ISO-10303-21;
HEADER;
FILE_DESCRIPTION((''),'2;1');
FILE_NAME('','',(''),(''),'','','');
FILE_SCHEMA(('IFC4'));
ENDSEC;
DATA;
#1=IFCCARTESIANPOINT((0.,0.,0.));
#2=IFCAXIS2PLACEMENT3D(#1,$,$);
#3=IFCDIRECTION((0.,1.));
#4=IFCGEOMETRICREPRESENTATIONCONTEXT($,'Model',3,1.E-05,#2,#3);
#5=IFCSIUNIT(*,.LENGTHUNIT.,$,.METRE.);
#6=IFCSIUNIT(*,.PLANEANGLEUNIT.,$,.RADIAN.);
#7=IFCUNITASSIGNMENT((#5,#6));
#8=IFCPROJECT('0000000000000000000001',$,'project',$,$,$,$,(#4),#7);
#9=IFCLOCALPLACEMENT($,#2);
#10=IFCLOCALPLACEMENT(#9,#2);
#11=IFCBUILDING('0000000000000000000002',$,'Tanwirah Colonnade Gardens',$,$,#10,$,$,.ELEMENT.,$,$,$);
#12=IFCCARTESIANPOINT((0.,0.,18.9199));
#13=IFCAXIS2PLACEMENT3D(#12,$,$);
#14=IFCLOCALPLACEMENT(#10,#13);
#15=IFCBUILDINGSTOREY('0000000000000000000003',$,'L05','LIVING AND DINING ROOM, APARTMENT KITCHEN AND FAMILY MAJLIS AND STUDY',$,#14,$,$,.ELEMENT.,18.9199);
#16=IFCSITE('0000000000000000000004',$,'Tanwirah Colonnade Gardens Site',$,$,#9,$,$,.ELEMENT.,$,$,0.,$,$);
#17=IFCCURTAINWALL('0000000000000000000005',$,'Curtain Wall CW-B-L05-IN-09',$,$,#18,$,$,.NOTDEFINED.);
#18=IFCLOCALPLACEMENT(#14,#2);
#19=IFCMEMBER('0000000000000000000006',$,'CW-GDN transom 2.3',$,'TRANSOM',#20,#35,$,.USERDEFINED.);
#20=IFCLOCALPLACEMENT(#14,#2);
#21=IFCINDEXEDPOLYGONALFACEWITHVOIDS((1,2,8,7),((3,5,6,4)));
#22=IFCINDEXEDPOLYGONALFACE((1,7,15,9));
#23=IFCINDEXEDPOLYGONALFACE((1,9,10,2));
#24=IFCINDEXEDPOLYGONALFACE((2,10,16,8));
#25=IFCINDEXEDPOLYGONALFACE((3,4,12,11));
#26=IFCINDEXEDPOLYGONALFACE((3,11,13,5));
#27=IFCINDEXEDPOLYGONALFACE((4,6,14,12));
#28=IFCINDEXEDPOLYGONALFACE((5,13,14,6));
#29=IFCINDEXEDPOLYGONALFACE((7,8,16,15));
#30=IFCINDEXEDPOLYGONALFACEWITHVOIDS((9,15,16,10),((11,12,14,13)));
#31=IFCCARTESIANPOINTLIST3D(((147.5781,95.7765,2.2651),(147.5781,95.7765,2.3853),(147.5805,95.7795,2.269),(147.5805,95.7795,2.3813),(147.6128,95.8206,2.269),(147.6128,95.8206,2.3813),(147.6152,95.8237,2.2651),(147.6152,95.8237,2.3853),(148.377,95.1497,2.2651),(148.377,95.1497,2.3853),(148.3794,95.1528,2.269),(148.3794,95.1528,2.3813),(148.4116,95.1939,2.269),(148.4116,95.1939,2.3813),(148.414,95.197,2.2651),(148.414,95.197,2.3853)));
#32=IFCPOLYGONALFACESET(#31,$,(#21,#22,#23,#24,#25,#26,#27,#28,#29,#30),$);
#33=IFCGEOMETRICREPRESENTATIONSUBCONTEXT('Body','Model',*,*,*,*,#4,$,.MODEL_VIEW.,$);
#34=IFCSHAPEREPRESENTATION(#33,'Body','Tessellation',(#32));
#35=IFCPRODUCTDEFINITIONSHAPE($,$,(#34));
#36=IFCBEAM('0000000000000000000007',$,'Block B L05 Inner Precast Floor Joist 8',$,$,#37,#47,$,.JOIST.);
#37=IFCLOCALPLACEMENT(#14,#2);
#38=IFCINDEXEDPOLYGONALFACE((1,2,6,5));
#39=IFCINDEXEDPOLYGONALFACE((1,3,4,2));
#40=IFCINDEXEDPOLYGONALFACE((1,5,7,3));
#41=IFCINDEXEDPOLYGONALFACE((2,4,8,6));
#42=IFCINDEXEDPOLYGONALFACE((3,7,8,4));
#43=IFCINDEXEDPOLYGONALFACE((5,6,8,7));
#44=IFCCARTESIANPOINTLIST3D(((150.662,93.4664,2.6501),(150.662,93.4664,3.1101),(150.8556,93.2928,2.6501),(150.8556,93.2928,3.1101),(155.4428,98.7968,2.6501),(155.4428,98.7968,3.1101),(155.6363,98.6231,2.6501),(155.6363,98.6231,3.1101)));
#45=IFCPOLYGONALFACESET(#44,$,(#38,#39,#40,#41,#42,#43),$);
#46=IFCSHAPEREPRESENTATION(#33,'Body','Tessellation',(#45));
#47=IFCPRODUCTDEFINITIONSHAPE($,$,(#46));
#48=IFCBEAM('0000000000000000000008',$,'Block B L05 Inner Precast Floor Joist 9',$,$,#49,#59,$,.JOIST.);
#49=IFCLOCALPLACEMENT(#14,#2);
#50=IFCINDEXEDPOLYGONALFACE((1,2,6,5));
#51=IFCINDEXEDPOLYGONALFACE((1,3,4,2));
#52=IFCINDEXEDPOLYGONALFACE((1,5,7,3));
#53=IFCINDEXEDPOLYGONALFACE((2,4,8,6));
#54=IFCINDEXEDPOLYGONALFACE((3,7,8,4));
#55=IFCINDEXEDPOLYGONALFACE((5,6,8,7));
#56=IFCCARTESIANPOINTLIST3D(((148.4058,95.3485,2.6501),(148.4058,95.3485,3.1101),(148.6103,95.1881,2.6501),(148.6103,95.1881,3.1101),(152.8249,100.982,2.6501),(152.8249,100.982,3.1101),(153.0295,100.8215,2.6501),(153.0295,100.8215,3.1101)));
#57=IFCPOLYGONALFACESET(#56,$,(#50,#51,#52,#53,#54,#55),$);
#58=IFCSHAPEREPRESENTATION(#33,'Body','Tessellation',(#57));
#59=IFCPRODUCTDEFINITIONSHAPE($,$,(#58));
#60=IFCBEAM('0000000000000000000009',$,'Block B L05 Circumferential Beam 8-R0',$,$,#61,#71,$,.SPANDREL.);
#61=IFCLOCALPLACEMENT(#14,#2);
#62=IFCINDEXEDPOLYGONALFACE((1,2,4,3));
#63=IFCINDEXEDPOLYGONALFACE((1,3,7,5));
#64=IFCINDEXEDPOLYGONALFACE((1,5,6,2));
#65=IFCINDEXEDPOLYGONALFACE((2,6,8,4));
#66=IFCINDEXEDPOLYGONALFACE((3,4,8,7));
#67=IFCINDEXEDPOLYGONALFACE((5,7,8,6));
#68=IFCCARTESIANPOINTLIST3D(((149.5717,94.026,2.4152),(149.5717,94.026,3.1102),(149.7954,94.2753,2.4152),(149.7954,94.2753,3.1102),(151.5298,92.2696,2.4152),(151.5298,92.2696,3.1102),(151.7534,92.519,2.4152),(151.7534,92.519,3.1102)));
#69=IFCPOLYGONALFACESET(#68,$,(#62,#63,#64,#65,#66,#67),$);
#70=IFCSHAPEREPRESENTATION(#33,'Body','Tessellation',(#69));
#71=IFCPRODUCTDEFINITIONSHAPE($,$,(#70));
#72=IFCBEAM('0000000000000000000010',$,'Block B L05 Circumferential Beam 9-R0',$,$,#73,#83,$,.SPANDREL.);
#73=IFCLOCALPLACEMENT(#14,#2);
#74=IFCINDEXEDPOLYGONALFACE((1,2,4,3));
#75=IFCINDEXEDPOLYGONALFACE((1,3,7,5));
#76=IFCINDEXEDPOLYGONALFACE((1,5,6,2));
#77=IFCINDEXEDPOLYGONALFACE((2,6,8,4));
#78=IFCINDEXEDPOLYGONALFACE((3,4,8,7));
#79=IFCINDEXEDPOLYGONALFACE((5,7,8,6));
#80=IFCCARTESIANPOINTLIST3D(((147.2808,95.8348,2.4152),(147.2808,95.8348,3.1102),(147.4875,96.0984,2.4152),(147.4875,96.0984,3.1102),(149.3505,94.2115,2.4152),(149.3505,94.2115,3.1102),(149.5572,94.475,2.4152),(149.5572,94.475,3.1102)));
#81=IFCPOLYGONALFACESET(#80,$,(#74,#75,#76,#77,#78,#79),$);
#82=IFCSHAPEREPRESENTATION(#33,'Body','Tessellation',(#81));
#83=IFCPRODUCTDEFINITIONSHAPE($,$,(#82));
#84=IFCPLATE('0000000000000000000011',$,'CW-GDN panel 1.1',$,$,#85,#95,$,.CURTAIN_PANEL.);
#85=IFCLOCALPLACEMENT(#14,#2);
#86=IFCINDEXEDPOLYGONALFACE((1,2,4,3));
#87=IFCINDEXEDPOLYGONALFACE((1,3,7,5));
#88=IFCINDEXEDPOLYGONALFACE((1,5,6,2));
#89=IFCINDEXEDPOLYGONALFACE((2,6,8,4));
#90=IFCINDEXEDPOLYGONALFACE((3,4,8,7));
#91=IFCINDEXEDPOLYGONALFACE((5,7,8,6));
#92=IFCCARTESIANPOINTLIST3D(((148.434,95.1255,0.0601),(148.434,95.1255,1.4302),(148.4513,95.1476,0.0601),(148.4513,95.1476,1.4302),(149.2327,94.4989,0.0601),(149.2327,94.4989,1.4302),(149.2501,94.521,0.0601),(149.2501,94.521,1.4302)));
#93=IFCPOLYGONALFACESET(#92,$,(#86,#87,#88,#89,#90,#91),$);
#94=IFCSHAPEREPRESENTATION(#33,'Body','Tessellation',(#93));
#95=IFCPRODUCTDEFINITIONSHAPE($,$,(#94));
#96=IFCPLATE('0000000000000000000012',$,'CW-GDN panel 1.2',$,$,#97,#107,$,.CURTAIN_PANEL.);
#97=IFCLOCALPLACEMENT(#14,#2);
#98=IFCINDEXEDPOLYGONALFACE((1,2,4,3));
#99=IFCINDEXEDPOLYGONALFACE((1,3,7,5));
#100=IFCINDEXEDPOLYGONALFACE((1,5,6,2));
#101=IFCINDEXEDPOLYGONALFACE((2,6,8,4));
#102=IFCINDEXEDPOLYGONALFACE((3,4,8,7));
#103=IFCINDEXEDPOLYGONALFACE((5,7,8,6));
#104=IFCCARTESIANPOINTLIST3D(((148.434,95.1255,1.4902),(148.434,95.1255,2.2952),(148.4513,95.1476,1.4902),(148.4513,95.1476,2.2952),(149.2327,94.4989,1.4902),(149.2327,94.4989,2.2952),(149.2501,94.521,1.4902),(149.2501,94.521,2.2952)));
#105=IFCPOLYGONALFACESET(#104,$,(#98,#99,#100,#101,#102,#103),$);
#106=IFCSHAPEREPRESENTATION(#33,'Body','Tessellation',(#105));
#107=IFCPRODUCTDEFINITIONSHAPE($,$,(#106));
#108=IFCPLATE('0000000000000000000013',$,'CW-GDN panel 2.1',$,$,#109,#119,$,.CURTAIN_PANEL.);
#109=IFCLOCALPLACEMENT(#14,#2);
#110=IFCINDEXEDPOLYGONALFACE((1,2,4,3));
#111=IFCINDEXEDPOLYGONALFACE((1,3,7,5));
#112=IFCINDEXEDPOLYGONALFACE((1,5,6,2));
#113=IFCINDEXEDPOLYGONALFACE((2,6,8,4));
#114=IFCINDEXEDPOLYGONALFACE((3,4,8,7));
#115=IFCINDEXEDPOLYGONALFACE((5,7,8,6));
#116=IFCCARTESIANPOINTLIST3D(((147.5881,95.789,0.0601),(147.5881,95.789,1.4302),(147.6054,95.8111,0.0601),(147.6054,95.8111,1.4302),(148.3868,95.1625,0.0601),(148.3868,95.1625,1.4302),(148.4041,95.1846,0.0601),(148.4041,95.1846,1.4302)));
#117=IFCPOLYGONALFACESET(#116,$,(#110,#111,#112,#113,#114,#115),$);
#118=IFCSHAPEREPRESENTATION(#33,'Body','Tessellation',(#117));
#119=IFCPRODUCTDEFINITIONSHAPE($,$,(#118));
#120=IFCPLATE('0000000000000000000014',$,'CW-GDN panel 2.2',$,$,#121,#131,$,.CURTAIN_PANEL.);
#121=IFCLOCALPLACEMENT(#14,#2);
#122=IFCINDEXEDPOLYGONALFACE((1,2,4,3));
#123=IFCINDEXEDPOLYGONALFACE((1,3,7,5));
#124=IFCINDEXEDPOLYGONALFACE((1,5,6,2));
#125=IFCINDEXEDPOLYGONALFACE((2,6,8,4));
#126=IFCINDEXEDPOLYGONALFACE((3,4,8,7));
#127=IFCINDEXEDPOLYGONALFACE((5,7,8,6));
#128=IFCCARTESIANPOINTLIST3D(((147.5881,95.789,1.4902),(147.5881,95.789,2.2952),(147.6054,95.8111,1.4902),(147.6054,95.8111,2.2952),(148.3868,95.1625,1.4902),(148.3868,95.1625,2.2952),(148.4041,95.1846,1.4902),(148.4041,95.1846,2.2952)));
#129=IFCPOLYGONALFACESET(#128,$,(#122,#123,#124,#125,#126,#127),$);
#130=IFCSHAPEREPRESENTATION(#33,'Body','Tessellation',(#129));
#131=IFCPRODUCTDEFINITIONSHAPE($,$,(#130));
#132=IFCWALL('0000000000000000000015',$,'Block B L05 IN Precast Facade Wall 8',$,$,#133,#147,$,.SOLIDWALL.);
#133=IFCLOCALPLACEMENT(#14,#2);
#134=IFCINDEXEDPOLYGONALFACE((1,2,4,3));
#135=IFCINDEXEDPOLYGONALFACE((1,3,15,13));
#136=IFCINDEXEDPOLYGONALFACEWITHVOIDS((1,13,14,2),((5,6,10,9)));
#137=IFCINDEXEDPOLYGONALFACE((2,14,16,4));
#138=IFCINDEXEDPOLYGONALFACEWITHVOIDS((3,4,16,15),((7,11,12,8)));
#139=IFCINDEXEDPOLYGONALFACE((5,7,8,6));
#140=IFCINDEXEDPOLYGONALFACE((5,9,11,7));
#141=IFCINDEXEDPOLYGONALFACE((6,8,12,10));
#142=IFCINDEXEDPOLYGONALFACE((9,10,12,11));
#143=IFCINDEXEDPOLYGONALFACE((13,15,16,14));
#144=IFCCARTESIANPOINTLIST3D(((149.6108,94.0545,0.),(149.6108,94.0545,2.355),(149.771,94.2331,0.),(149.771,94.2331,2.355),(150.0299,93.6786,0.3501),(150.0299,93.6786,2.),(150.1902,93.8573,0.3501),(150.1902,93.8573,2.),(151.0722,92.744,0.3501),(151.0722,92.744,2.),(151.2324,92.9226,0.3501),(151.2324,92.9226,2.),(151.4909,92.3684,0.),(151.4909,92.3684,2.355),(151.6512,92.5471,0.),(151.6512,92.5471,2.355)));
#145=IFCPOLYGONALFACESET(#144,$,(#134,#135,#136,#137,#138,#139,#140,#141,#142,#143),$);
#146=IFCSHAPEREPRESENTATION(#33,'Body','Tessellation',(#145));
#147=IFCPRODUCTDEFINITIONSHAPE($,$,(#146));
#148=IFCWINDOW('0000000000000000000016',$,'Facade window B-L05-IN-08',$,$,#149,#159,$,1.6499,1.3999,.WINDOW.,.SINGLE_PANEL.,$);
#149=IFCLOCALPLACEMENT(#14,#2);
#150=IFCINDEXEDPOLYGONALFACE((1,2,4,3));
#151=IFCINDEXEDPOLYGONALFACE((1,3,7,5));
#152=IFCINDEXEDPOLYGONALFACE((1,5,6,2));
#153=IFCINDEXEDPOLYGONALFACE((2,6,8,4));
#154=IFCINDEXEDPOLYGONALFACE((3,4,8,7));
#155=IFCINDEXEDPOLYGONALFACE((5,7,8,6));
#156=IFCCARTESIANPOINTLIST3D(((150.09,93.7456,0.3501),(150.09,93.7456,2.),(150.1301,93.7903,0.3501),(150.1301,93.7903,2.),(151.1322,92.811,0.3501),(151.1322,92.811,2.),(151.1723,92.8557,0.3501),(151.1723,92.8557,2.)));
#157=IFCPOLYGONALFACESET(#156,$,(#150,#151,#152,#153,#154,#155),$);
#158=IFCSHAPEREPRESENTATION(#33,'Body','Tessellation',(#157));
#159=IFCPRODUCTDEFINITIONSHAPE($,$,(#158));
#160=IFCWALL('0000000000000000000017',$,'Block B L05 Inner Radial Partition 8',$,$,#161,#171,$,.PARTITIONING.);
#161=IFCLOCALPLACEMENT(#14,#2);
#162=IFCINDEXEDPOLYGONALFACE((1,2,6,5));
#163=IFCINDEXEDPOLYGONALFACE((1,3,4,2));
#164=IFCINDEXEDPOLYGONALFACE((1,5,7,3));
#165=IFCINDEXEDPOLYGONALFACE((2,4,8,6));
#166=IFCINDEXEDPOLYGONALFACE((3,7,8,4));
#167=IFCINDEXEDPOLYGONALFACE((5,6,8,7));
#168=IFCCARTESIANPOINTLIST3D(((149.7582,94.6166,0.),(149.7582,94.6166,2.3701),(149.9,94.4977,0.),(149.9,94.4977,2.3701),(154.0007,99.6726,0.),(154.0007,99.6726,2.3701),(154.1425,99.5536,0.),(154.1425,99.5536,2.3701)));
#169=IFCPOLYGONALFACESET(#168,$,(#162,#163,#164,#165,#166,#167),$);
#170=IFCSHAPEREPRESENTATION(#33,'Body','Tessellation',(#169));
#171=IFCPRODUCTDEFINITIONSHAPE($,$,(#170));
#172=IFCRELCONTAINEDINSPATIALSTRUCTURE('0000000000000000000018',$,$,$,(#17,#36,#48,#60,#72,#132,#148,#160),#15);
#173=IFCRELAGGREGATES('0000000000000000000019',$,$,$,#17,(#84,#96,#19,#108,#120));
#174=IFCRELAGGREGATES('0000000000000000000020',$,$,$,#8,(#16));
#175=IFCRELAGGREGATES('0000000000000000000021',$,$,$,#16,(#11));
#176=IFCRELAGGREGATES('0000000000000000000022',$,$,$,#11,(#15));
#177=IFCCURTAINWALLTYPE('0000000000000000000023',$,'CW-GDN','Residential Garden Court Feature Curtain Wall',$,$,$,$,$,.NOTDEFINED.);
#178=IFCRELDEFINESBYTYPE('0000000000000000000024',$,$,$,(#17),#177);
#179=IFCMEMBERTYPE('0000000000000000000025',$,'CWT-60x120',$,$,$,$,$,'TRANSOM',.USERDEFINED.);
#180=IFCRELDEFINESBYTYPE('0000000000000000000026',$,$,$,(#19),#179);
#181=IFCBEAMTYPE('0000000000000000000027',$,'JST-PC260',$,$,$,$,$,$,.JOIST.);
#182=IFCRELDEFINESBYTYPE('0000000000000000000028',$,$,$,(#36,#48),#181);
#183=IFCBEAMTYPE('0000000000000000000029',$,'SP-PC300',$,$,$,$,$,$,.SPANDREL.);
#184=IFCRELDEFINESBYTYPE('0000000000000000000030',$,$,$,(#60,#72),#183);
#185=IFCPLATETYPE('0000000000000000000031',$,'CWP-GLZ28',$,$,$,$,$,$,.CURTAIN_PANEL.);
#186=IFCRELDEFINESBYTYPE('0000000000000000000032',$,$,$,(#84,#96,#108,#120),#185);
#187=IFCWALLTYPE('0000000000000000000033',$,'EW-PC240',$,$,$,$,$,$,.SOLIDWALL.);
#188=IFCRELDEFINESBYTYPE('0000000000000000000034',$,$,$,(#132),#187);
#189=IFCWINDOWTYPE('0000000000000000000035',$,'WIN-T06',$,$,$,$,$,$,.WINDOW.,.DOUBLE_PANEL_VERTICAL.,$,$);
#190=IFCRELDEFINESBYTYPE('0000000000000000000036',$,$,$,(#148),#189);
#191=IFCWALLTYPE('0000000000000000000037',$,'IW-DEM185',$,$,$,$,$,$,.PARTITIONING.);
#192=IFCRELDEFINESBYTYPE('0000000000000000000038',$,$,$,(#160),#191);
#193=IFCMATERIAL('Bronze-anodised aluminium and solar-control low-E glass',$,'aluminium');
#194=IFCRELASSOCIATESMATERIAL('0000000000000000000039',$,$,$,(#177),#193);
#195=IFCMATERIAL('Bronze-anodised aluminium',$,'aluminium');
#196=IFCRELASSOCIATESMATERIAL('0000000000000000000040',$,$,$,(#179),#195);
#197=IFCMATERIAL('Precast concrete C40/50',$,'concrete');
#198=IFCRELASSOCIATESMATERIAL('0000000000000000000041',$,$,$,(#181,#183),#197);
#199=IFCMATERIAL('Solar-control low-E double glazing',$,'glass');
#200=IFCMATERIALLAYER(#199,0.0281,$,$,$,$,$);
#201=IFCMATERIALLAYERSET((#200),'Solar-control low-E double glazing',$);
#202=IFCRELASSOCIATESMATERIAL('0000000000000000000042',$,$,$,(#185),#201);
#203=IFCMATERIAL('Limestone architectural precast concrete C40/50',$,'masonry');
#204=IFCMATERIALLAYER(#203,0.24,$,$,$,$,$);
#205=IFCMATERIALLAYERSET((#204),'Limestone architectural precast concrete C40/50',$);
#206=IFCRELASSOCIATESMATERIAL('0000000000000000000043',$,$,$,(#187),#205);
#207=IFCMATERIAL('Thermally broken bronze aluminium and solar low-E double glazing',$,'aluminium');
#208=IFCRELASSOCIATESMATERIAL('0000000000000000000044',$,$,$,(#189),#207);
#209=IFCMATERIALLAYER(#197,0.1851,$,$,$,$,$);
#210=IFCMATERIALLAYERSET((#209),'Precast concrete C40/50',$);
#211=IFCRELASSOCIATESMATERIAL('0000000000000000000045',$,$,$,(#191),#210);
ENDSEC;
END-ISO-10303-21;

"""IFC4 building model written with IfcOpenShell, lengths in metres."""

from ifc_helpers import new_model, si_unit, direction, frame, frame_2d, origin, origin_2d, place, context, subcontext, project, spatial, rectangle, hollow_rectangle, extrude, material, layer, layer_set, material_profile, profile_set, type_object, element, fill, aggregate, save


model = new_model("IFC4")

# Units and contexts
model_context = context("Model", 3, precision=1e-05, world=origin(), true_north=direction((0.0, 1.0)))
body_context = subcontext(model_context, "Body", "Model", "MODEL_VIEW")
ifc_project = project(units=[si_unit("LENGTHUNIT", "METRE"), si_unit("PLANEANGLEUNIT", "RADIAN")], contexts=[model_context])

# Site, building, storey
site_placement = place(None, origin())
site = spatial("IfcSite", under=ifc_project, at=site_placement, Name="Tanwirah Colonnade Gardens Site", CompositionType="ELEMENT", RefElevation=0.0)
building_placement = place(site_placement, origin())
building = spatial("IfcBuilding", under=site, at=building_placement, Name="Tanwirah Colonnade Gardens", CompositionType="ELEMENT")
storey_placement = place(building_placement, frame((0.0, 0.0, 18.9199)))
storey = spatial("IfcBuildingStorey", under=building, at=storey_placement, Name="L05", Description="LIVING AND DINING ROOM, APARTMENT KITCHEN AND FAMILY MAJLIS AND STUDY", CompositionType="ELEMENT", Elevation=18.9199)

# Shared definitions
ifc_material_1 = material(Name="Precast concrete C40/50", Category="concrete")

# Curtain wall, member
ifc_material_2 = material(Name="Bronze-anodised aluminium and solar-control low-E glass", Category="aluminium")
curtain_wall_type = type_object("IfcCurtainWallType", Name="CW-GDN", Description="Residential Garden Court Feature Curtain Wall", PredefinedType="NOTDEFINED", material=ifc_material_2)
curtain_wall_placement = place(storey_placement, origin())
curtain_wall = element("IfcCurtainWall", 1, at=curtain_wall_placement, inside=storey, type_object=curtain_wall_type, Name="Curtain Wall CW-B-L05-IN-09", PredefinedType="NOTDEFINED")
ifc_material_3 = material(Name="Bronze-anodised aluminium", Category="aluminium")
ifc_material_profile_1 = material_profile(ifc_material_3, hollow_rectangle(XDim=0.0601, YDim=0.1201, WallThickness=0.0039, at=origin_2d()), Name="CW-TRN 60x120x4")
ifc_profile_set_1 = profile_set([ifc_material_profile_1], Name="Bronze-anodised aluminium")
member_type_1 = type_object("IfcMemberType", Name="CWT-60x120", ElementType="TRANSOM", PredefinedType="USERDEFINED", material=ifc_profile_set_1)
member_1_placement = place(storey_placement, frame((148.3955, 95.1733, 2.3252), z_axis=(-0.786769, 0.617248, 0.0), x_axis=(-0.617248, -0.786769, 0.0)))
member_1 = element("IfcMember", 2, at=member_1_placement, type_object=member_type_1, Name="CW-GDN transom 2.3", ObjectType="TRANSOM", PredefinedType="USERDEFINED", context=body_context, shape_type="SweptSolid", body=[
    extrude(hollow_rectangle(XDim=0.0601, YDim=0.1201, WallThickness=0.0039, at=origin_2d()), origin(), (0.0, 0.0, 1.0), 1.0154),
])

# Beams
ifc_material_profile_2 = material_profile(ifc_material_1, rectangle(XDim=0.26, YDim=0.46, at=origin_2d()), Name="PC-JST 260x460")
ifc_profile_set_2 = profile_set([ifc_material_profile_2], Name="Precast concrete C40/50")
beam_type_1 = type_object("IfcBeamType", Name="JST-PC260", PredefinedType="JOIST", material=ifc_profile_set_2)
beam_1_placement = place(storey_placement, frame((150.7588, 93.3796, 2.8801), z_axis=(0.667688, 0.744441, 0.0), x_axis=(-0.744441, 0.667688, 0.0)))
element("IfcBeam", 3, at=beam_1_placement, inside=storey, type_object=beam_type_1, Name="Block B L05 Inner Precast Floor Joist 8", PredefinedType="JOIST", context=body_context, shape_type="SweptSolid", body=[
    extrude(rectangle(XDim=0.26, YDim=0.46, at=origin_2d()), origin(), (0.0, 0.0, 1.0), 7.1602),
])
beam_2_placement = place(storey_placement, frame((148.5081, 95.2683, 2.8801), z_axis=(0.617202, 0.786804, 0.0), x_axis=(-0.786804, 0.617202, 0.0)))
element("IfcBeam", 4, at=beam_2_placement, inside=storey, type_object=beam_type_1, Name="Block B L05 Inner Precast Floor Joist 9", PredefinedType="JOIST", context=body_context, shape_type="SweptSolid", body=[
    extrude(rectangle(XDim=0.26, YDim=0.46, at=origin_2d()), origin(), (0.0, 0.0, 1.0), 7.1599),
])
ifc_material_profile_3 = material_profile(ifc_material_1, rectangle(XDim=0.335, YDim=0.6951, at=origin_2d()), Name="PC-SP 335x695")
ifc_profile_set_3 = profile_set([ifc_material_profile_3], Name="Precast concrete C40/50")
beam_type_2 = type_object("IfcBeamType", Name="SP-PC300", PredefinedType="SPANDREL", material=ifc_profile_set_3)
for number, where, z_axis, x_axis, name in (
    (5, (151.6416, 92.3943, 2.7627), (-0.744401, 0.667733, 0.0), (-0.667733, -0.744401, 0.0), "Block B L05 Circumferential Beam 8-R0"),
    (6, (149.4539, 94.3433, 2.7627), (-0.786837, 0.617161, 0.0), (-0.617161, -0.786837, 0.0), "Block B L05 Circumferential Beam 9-R0"),
):
    element("IfcBeam", number, at=place(storey_placement, frame(where, z_axis=z_axis, x_axis=x_axis)), inside=storey, type_object=beam_type_2, Name=name, PredefinedType="SPANDREL", context=body_context, shape_type="SweptSolid", body=[
        extrude(rectangle(XDim=0.335, YDim=0.6951, at=origin_2d()), origin(), (0.0, 0.0, 1.0), 2.6304),
    ])

# Plates
ifc_material_4 = material(Name="Solar-control low-E double glazing", Category="glass")
ifc_layer_1 = layer(ifc_material_4, 0.0281)
ifc_layer_set_1 = layer_set([ifc_layer_1], Name="Solar-control low-E double glazing")
plate_type = type_object("IfcPlateType", Name="CWP-GLZ28", PredefinedType="CURTAIN_PANEL", material=ifc_layer_set_1)
plate_1_placement = place(storey_placement, frame((148.842, 94.8232, 0.0601), z_axis=(0.0, 0.0, 1.0), x_axis=(-0.786815, 0.617189, 0.0)))
plate_1 = element("IfcPlate", 7, at=plate_1_placement, type_object=plate_type, Name="CW-GDN panel 1.1", PredefinedType="CURTAIN_PANEL", context=body_context, shape_type="SweptSolid", body=[
    extrude(rectangle(XDim=1.0151, YDim=0.0281, at=origin_2d()), origin(), (0.0, 0.0, 1.0), 1.3701),
])
plate_2_placement = place(storey_placement, frame((148.842, 94.8232, 1.4902), z_axis=(0.0, 0.0, 1.0), x_axis=(-0.786815, 0.617189, 0.0)))
plate_2 = element("IfcPlate", 8, at=plate_2_placement, type_object=plate_type, Name="CW-GDN panel 1.2", PredefinedType="CURTAIN_PANEL", context=body_context, shape_type="SweptSolid", body=[
    extrude(rectangle(XDim=1.0151, YDim=0.0281, at=origin_2d()), origin(), (0.0, 0.0, 1.0), 0.8049),
])
plate_3_placement = place(storey_placement, frame((147.9961, 95.4868, 0.0601), z_axis=(0.0, 0.0, 1.0), x_axis=(-0.786815, 0.617189, 0.0)))
plate_3 = element("IfcPlate", 9, at=plate_3_placement, type_object=plate_type, Name="CW-GDN panel 2.1", PredefinedType="CURTAIN_PANEL", context=body_context, shape_type="SweptSolid", body=[
    extrude(rectangle(XDim=1.0151, YDim=0.0281, at=origin_2d()), origin(), (0.0, 0.0, 1.0), 1.3701),
])
plate_4_placement = place(storey_placement, frame((147.9961, 95.4868, 1.4902), z_axis=(0.0, 0.0, 1.0), x_axis=(-0.786815, 0.617189, 0.0)))
plate_4 = element("IfcPlate", 10, at=plate_4_placement, type_object=plate_type, Name="CW-GDN panel 2.2", PredefinedType="CURTAIN_PANEL", context=body_context, shape_type="SweptSolid", body=[
    extrude(rectangle(XDim=1.0151, YDim=0.0281, at=origin_2d()), origin(), (0.0, 0.0, 1.0), 0.8049),
])
aggregate(curtain_wall, [plate_1, plate_2, member_1, plate_3, plate_4])

# Wall, opening, window
ifc_material_5 = material(Name="Limestone architectural precast concrete C40/50", Category="masonry")
ifc_layer_2 = layer(ifc_material_5, 0.24)
ifc_layer_set_2 = layer_set([ifc_layer_2], Name="Limestone architectural precast concrete C40/50")
wall_type_1 = type_object("IfcWallType", Name="EW-PC240", PredefinedType="SOLIDWALL", material=ifc_layer_set_2)
wall_1_placement = place(storey_placement, frame((151.571, 92.4578, 0.0), z_axis=(0.0, 0.0, 1.0), x_axis=(-0.74449, 0.667634, 0.0)))
wall_1 = element("IfcWall", 11, at=wall_1_placement, inside=storey, type_object=wall_type_1, Name="Block B L05 IN Precast Facade Wall 8", PredefinedType="SOLIDWALL", context=body_context, shape_type="SweptSolid", body=[
    extrude(rectangle(XDim=2.5254, YDim=0.24, at=frame_2d((1.2627, 0.0))), origin(), (0.0, 0.0, 1.0), 2.355),
])
opening_1_placement = place(wall_1_placement, frame((0.5625, 0.0, 0.3501)))
opening_1 = element("IfcOpeningElement", 12, at=opening_1_placement, cuts=wall_1, PredefinedType="OPENING", context=body_context, shape_type="SweptSolid", body=[
    extrude(rectangle(XDim=1.3999, YDim=1.6499, at=frame_2d((0.7, 0.825))), frame((0.0, 0.1299, 0.0), z_axis=(0.0, -1.0, 0.0), x_axis=(1.0, 0.0, 0.0)), (0.0, 0.0, 1.0), 0.26),
])
ifc_material_6 = material(Name="Thermally broken bronze aluminium and solar low-E double glazing", Category="aluminium")
window_type = type_object("IfcWindowType", Name="WIN-T06", PartitioningType="DOUBLE_PANEL_VERTICAL", PredefinedType="WINDOW", material=ifc_material_6)
window_placement = place(opening_1_placement, origin())
window = element("IfcWindow", 13, at=window_placement, inside=storey, type_object=window_type, Name="Facade window B-L05-IN-08", OverallHeight=1.6499, OverallWidth=1.3999, PartitioningType="SINGLE_PANEL", PredefinedType="WINDOW", context=body_context, shape_type="SweptSolid", body=[
    extrude(rectangle(XDim=1.3999, YDim=1.6499, at=frame_2d((0.7, 0.825))), frame((0.0, 0.03, 0.0), z_axis=(0.0, -1.0, 0.0), x_axis=(1.0, 0.0, 0.0)), (0.0, 0.0, 1.0), 0.0601),
])
fill(opening_1, window)

# Wall
ifc_layer_3 = layer(ifc_material_1, 0.1851)
ifc_layer_set_3 = layer_set([ifc_layer_3], Name="Precast concrete C40/50")
wall_type_2 = type_object("IfcWallType", Name="IW-DEM185", PredefinedType="PARTITIONING", material=ifc_layer_set_3)
wall_2_placement = place(storey_placement, frame((149.8291, 94.5571, 0.0), z_axis=(0.0, 0.0, 1.0), x_axis=(0.642789, 0.766043, 0.0)))
element("IfcWall", 14, at=wall_2_placement, inside=storey, type_object=wall_type_2, Name="Block B L05 Inner Radial Partition 8", PredefinedType="PARTITIONING", context=body_context, shape_type="SweptSolid", body=[
    extrude(rectangle(XDim=6.6001, YDim=0.1851, at=frame_2d((3.3, 0.0))), origin(), (0.0, 0.0, 1.0), 2.3701),
])

save(model, "model.ifc")
